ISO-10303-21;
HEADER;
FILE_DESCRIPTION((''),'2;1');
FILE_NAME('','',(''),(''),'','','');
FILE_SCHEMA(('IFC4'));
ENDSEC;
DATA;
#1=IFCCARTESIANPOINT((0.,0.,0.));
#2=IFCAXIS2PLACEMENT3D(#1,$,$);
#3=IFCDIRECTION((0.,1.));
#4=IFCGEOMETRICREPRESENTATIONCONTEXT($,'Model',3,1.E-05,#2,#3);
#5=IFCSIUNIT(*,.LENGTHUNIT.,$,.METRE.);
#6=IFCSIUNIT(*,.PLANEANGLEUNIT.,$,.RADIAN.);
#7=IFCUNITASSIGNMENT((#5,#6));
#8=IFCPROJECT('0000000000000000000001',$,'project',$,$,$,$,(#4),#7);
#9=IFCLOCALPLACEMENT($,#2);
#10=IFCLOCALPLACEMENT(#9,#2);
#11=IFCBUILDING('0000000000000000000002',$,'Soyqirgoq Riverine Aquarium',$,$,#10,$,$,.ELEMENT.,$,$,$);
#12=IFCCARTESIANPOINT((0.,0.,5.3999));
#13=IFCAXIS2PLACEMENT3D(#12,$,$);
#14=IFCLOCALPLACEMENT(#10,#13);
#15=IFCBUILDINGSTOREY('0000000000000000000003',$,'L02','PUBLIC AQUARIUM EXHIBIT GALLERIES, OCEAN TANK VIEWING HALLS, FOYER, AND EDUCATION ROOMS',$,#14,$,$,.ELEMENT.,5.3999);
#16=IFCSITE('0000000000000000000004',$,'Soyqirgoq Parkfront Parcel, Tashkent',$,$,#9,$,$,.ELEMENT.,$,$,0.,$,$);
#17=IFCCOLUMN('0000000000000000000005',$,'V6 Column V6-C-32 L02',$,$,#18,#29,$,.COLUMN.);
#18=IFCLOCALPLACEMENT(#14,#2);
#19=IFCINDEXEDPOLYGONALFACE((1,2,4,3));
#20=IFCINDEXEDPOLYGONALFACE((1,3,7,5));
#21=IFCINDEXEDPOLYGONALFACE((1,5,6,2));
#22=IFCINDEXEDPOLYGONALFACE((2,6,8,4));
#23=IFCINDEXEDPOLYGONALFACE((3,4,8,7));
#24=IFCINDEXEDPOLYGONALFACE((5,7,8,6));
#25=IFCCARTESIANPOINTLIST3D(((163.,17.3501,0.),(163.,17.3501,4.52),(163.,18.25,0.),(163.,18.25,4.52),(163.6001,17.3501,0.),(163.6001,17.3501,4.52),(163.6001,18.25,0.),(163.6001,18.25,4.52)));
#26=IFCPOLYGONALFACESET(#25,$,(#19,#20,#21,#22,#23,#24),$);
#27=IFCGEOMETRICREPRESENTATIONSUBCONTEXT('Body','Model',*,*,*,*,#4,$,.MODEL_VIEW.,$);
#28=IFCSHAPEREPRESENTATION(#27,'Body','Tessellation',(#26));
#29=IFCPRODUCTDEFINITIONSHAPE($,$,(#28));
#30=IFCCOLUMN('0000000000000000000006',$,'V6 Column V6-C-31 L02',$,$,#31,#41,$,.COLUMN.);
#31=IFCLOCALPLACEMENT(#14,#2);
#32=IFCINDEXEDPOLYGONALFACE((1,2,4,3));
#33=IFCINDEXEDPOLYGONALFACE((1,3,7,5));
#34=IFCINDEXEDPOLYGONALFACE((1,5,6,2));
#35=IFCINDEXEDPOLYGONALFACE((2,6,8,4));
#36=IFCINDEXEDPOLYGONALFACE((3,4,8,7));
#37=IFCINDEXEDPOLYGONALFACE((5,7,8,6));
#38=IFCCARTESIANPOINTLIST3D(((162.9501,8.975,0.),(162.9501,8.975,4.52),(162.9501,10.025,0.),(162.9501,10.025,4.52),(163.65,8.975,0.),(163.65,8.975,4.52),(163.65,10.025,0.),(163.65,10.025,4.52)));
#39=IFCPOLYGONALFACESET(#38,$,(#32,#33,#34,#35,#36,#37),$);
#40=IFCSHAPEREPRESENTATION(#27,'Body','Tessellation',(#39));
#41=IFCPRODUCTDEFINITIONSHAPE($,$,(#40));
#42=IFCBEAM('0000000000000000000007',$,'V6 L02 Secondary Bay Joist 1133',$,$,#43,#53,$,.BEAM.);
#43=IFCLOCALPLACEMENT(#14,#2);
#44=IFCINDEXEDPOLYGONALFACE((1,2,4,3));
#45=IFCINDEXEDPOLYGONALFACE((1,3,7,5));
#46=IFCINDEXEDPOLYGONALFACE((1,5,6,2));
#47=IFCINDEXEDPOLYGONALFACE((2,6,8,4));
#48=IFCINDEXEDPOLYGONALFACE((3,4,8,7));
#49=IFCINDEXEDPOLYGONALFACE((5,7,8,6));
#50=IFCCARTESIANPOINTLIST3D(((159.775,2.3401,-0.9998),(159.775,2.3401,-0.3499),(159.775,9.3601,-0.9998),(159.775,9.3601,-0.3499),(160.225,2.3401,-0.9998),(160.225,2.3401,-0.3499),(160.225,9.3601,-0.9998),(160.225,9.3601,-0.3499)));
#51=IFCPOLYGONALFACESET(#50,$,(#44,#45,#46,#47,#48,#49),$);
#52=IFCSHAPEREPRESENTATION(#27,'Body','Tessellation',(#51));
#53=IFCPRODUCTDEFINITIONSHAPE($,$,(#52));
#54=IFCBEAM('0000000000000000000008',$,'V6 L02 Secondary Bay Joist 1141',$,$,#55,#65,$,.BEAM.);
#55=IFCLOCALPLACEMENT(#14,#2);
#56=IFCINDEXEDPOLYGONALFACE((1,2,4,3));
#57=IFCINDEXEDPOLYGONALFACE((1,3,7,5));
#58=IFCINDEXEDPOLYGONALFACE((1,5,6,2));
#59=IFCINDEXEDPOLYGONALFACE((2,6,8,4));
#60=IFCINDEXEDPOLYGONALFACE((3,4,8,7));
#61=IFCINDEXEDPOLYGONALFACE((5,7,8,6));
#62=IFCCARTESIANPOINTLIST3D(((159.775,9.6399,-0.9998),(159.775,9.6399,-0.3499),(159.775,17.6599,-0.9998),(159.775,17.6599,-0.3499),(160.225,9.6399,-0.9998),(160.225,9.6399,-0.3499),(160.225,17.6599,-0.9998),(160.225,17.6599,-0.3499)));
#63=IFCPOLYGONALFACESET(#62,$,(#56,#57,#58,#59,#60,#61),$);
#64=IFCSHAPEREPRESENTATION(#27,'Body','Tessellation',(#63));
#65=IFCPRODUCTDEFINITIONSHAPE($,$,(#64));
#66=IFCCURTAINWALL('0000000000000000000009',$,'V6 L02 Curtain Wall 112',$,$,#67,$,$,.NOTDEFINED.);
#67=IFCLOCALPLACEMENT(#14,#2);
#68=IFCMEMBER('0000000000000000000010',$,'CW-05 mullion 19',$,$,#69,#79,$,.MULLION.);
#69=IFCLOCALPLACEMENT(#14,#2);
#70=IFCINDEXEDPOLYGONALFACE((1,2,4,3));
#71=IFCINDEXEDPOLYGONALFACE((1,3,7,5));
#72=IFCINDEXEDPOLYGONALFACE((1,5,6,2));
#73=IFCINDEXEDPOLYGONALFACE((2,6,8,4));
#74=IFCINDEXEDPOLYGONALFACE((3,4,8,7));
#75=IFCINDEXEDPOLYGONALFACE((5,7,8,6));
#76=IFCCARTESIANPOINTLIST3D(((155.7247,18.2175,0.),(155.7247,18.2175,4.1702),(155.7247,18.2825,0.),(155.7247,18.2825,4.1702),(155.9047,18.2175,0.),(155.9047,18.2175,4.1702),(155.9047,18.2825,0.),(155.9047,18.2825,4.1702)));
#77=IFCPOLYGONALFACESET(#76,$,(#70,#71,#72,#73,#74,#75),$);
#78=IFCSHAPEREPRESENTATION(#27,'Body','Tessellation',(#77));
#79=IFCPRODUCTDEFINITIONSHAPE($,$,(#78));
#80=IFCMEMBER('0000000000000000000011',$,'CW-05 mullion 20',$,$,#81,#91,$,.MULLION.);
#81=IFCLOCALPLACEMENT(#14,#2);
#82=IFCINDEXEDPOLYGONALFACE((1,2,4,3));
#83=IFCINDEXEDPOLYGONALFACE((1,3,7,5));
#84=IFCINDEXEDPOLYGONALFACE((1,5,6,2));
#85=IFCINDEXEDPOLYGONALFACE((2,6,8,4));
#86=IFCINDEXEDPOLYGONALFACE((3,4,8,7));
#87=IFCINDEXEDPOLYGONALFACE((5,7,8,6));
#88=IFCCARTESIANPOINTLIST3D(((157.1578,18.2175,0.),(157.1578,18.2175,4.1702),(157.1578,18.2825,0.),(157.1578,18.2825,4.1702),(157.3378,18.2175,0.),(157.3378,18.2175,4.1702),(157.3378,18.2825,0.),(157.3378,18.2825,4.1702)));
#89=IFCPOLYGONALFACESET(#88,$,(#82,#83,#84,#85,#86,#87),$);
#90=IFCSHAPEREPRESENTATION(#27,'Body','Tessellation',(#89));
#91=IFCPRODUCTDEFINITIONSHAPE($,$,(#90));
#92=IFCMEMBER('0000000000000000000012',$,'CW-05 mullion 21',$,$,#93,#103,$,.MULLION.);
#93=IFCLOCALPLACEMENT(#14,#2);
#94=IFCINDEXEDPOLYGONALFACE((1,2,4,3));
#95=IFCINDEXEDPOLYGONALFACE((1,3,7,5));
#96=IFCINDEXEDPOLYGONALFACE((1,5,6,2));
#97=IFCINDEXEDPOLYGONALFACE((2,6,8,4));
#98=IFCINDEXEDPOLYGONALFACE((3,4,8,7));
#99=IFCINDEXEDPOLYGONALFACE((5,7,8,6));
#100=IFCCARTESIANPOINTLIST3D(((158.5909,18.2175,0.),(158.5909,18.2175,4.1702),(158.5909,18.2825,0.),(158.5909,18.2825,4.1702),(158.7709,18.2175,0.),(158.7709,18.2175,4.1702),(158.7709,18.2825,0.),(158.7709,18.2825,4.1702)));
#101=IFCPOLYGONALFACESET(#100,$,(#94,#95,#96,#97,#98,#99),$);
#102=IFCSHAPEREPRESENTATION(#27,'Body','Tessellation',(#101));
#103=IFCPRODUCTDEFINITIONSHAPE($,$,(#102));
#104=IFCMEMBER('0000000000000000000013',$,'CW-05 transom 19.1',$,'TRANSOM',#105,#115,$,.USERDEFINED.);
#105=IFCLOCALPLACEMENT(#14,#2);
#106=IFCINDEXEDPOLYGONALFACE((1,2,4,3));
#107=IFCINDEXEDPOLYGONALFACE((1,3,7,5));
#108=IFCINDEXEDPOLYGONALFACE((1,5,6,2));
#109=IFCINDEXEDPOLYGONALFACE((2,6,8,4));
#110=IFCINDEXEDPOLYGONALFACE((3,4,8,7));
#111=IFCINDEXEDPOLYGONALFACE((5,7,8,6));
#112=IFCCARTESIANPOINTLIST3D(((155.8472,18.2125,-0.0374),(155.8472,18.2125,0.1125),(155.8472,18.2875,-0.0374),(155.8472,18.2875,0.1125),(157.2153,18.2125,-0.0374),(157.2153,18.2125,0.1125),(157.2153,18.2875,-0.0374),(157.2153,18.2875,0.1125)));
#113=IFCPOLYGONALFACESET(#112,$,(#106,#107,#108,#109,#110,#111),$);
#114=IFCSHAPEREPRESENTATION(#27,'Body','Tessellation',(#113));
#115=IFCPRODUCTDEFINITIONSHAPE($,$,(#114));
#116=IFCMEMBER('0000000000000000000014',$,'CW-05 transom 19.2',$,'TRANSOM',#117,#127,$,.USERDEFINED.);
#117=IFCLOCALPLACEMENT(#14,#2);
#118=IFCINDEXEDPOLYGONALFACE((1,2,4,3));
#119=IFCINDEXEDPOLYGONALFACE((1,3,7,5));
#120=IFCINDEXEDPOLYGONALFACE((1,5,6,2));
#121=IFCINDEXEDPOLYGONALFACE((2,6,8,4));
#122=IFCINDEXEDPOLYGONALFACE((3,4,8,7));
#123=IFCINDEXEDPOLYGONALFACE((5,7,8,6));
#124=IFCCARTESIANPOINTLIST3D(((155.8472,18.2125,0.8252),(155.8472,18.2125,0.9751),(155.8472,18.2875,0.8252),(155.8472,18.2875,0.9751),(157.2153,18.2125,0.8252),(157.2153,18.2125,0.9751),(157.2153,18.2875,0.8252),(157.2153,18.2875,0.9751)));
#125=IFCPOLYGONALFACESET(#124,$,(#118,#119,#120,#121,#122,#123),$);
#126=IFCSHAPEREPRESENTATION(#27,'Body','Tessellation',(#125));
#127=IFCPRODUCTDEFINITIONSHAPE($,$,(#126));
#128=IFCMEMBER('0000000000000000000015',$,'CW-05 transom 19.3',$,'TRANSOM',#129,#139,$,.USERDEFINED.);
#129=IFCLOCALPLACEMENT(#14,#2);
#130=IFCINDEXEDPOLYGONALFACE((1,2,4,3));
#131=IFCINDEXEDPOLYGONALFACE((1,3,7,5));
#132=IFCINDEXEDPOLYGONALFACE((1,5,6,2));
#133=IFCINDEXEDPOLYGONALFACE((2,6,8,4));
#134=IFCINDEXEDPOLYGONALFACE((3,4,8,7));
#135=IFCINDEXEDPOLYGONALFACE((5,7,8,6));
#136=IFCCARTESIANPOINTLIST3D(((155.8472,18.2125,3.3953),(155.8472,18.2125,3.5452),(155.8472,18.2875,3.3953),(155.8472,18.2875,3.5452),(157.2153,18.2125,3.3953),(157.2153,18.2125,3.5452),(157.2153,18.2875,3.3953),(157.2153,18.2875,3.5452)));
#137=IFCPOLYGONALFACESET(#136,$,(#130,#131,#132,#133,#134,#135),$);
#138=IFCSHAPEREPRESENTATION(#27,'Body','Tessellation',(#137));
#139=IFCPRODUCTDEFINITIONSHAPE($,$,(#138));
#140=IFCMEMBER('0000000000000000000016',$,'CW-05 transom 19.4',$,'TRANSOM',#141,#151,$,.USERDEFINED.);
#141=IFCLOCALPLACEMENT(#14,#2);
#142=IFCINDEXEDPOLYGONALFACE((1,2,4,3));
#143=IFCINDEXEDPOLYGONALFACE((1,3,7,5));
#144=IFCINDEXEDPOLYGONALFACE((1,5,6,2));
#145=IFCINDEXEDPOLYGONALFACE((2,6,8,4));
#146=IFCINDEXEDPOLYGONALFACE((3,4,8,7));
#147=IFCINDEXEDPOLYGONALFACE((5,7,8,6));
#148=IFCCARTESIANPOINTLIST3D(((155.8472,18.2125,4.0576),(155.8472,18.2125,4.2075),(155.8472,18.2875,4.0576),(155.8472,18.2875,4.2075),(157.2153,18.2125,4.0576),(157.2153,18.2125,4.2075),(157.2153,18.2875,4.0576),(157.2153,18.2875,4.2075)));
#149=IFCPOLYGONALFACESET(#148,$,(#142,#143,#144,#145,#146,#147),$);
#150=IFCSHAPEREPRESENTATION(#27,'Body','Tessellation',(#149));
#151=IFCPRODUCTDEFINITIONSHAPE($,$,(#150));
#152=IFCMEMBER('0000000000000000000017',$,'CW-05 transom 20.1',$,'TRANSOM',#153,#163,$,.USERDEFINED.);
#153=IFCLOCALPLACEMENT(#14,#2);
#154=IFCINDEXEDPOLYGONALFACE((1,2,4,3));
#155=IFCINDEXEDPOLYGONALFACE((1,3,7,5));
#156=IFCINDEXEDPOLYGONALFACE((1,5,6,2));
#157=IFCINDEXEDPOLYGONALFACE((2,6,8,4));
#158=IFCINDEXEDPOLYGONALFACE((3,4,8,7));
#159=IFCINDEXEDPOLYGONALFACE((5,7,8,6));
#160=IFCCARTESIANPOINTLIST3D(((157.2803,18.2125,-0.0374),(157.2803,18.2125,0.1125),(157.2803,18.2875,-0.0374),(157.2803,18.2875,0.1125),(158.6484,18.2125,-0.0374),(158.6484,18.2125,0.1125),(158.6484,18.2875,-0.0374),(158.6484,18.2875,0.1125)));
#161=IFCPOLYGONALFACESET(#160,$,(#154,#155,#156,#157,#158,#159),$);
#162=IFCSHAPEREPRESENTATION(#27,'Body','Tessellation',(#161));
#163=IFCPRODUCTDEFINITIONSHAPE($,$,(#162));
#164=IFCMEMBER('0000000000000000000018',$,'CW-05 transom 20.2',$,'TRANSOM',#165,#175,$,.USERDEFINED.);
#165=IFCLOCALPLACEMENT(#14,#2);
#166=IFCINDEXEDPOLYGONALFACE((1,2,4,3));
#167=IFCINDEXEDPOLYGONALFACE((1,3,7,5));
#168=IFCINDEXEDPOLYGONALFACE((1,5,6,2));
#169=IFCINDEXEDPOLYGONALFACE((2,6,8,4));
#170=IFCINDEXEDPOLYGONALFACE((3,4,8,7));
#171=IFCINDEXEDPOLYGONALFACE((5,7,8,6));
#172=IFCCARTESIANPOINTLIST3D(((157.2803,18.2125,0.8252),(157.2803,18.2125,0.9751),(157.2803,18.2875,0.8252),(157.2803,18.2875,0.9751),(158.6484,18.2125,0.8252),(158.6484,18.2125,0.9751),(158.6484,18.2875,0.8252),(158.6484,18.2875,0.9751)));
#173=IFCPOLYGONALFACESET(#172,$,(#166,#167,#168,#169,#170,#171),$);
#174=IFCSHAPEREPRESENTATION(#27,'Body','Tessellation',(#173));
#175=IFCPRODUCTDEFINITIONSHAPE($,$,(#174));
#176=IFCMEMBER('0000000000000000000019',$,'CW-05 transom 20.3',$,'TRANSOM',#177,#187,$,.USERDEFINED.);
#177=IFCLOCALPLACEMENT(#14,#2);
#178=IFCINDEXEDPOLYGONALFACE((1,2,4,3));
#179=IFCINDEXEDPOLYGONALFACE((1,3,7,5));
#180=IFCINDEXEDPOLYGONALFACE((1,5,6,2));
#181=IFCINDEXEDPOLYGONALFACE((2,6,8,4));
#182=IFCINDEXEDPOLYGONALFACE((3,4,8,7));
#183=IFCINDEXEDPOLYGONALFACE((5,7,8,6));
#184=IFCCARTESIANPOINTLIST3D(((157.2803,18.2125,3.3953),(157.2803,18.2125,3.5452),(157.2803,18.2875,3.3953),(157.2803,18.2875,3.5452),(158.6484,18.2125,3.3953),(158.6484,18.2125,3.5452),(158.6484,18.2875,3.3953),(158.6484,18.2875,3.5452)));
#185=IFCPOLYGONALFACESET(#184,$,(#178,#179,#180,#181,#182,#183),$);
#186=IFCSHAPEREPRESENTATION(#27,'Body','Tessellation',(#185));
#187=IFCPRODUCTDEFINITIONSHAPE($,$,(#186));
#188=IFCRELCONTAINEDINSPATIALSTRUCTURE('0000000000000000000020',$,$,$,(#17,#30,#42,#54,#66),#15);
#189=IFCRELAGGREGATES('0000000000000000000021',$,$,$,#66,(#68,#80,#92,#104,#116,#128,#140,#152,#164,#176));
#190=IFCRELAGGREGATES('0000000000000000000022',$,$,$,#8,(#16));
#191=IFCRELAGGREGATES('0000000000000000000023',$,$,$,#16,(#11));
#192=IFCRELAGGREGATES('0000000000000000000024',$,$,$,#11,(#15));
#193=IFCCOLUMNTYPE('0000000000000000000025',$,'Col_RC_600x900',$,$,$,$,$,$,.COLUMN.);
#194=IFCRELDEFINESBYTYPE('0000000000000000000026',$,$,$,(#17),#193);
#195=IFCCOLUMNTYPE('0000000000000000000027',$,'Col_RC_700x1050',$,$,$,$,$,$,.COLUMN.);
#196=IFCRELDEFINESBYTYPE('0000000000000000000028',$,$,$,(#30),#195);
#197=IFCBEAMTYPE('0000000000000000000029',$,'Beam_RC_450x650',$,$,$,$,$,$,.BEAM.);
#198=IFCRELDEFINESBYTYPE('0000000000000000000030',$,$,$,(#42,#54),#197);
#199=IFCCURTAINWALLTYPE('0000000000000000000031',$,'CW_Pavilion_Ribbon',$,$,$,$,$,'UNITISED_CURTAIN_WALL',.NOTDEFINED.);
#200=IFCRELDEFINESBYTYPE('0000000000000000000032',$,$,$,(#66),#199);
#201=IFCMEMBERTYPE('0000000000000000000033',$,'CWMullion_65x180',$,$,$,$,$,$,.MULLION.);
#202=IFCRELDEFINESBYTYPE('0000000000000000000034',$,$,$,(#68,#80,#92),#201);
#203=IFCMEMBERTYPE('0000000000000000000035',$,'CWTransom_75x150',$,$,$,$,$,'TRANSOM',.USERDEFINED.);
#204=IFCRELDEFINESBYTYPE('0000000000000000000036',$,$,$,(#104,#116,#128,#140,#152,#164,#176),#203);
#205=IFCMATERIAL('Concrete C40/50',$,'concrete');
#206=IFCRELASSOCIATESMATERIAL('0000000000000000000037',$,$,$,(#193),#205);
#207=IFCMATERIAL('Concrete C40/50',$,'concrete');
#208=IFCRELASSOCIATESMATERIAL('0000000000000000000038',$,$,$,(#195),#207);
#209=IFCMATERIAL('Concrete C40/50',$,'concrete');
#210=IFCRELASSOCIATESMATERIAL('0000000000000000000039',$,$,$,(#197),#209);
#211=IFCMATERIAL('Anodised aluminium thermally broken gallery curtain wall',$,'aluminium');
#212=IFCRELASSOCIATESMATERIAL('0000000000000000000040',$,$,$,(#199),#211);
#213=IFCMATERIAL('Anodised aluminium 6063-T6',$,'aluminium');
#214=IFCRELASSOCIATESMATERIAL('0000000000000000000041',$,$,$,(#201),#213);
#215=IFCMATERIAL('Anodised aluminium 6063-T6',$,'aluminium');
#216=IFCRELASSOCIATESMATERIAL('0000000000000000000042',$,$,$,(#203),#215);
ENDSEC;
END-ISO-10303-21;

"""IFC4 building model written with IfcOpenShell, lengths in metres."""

from ifc_helpers import new_model, si_unit, direction, frame, origin, origin_2d, place, context, subcontext, project, spatial, rectangle, extrude, material, material_profile, profile_set, type_object, element, aggregate, save


model = new_model("IFC4")

# Units and contexts
model_context = context("Model", 3, precision=1e-05, world=origin(), true_north=direction((0.0, 1.0)))
body_context = subcontext(model_context, "Body", "Model", "MODEL_VIEW")
ifc_project = project(units=[si_unit("LENGTHUNIT", "METRE"), si_unit("PLANEANGLEUNIT", "RADIAN")], contexts=[model_context])

# Site, building, storey
site_placement = place(None, origin())
site = spatial("IfcSite", under=ifc_project, at=site_placement, Name="Soyqirgoq Parkfront Parcel, Tashkent", CompositionType="ELEMENT", RefElevation=0.0)
building_placement = place(site_placement, origin())
building = spatial("IfcBuilding", under=site, at=building_placement, Name="Soyqirgoq Riverine Aquarium", CompositionType="ELEMENT")
storey_placement = place(building_placement, frame((0.0, 0.0, 5.3999)))
storey = spatial("IfcBuildingStorey", under=building, at=storey_placement, Name="L02", Description="PUBLIC AQUARIUM EXHIBIT GALLERIES, OCEAN TANK VIEWING HALLS, FOYER, AND EDUCATION ROOMS", CompositionType="ELEMENT", Elevation=5.3999)

# Columns
ifc_material_1 = material(Name="Concrete C40/50", Category="concrete")
ifc_material_profile_1 = material_profile(ifc_material_1, rectangle(XDim=0.6001, YDim=0.8999, at=origin_2d()), Name="RC-COL 600x900")
ifc_profile_set_1 = profile_set([ifc_material_profile_1], Name="Concrete C40/50")
column_type_1 = type_object("IfcColumnType", Name="Col_RC_600x900", PredefinedType="COLUMN", material=ifc_profile_set_1)
column_1_placement = place(storey_placement, frame((163.3, 17.8, 0.0), z_axis=(0.0, 0.0, 1.0), x_axis=(1.0, 0.0, 0.0)))
element("IfcColumn", 1, at=column_1_placement, inside=storey, type_object=column_type_1, Name="V6 Column V6-C-32 L02", PredefinedType="COLUMN", context=body_context, shape_type="SweptSolid", body=[
    extrude(rectangle(XDim=0.6001, YDim=0.8999, at=origin_2d()), origin(), (0.0, 0.0, 1.0), 4.52),
])
ifc_material_2 = material(Name="Concrete C40/50", Category="concrete")
ifc_material_profile_2 = material_profile(ifc_material_2, rectangle(XDim=0.7, YDim=1.05, at=origin_2d()), Name="RC-COL 700x1050")
ifc_profile_set_2 = profile_set([ifc_material_profile_2], Name="Concrete C40/50")
column_type_2 = type_object("IfcColumnType", Name="Col_RC_700x1050", PredefinedType="COLUMN", material=ifc_profile_set_2)
column_2_placement = place(storey_placement, frame((163.3, 9.5, 0.0), z_axis=(0.0, 0.0, 1.0), x_axis=(1.0, 0.0, 0.0)))
element("IfcColumn", 2, at=column_2_placement, inside=storey, type_object=column_type_2, Name="V6 Column V6-C-31 L02", PredefinedType="COLUMN", context=body_context, shape_type="SweptSolid", body=[
    extrude(rectangle(XDim=0.7, YDim=1.05, at=origin_2d()), origin(), (0.0, 0.0, 1.0), 4.52),
])

# Beams
ifc_material_3 = material(Name="Concrete C40/50", Category="concrete")
ifc_material_profile_3 = material_profile(ifc_material_3, rectangle(XDim=0.45, YDim=0.6499, at=origin_2d()), Name="RC 450x650")
ifc_profile_set_3 = profile_set([ifc_material_profile_3], Name="Concrete C40/50")
beam_type_1 = type_object("IfcBeamType", Name="Beam_RC_450x650", PredefinedType="BEAM", material=ifc_profile_set_3)
beam_1_placement = place(storey_placement, frame((160.0, 2.3401, -0.6748), z_axis=(0.0, 1.0, 0.0), x_axis=(-1.0, 0.0, 0.0)))
element("IfcBeam", 3, at=beam_1_placement, inside=storey, type_object=beam_type_1, Name="V6 L02 Secondary Bay Joist 1133", PredefinedType="BEAM", context=body_context, shape_type="SweptSolid", body=[
    extrude(rectangle(XDim=0.45, YDim=0.6499, at=origin_2d()), origin(), (0.0, 0.0, 1.0), 7.02),
])
beam_2_placement = place(storey_placement, frame((160.0, 9.6399, -0.6748), z_axis=(0.0, 1.0, 0.0), x_axis=(-1.0, 0.0, 0.0)))
element("IfcBeam", 4, at=beam_2_placement, inside=storey, type_object=beam_type_1, Name="V6 L02 Secondary Bay Joist 1141", PredefinedType="BEAM", context=body_context, shape_type="SweptSolid", body=[
    extrude(rectangle(XDim=0.45, YDim=0.6499, at=origin_2d()), origin(), (0.0, 0.0, 1.0), 8.02),
])

# Curtain wall, members
ifc_material_4 = material(Name="Anodised aluminium thermally broken gallery curtain wall", Category="aluminium")
curtain_wall_type = type_object("IfcCurtainWallType", Name="CW_Pavilion_Ribbon", ElementType="UNITISED_CURTAIN_WALL", PredefinedType="NOTDEFINED", material=ifc_material_4)
curtain_wall_placement = place(storey_placement, origin())
curtain_wall = element("IfcCurtainWall", 5, at=curtain_wall_placement, inside=storey, type_object=curtain_wall_type, Name="V6 L02 Curtain Wall 112", PredefinedType="NOTDEFINED")
ifc_material_5 = material(Name="Anodised aluminium 6063-T6", Category="aluminium")
ifc_material_profile_4 = material_profile(ifc_material_5, rectangle(XDim=0.0649, YDim=0.1799, at=origin_2d()), Name="ALU-M 65x180")
ifc_profile_set_4 = profile_set([ifc_material_profile_4], Name="Anodised aluminium 6063-T6")
member_type_1 = type_object("IfcMemberType", Name="CWMullion_65x180", PredefinedType="MULLION", material=ifc_profile_set_4)
member_1_placement = place(storey_placement, frame((155.8147, 18.25, 0.0), z_axis=(0.0, 0.0, 1.0), x_axis=(0.0, 1.0, 0.0)))
member_1 = element("IfcMember", 6, at=member_1_placement, type_object=member_type_1, Name="CW-05 mullion 19", PredefinedType="MULLION", context=body_context, shape_type="SweptSolid", body=[
    extrude(rectangle(XDim=0.0649, YDim=0.1799, at=origin_2d()), origin(), (0.0, 0.0, 1.0), 4.1702),
])
member_2_placement = place(storey_placement, frame((157.2478, 18.25, 0.0), z_axis=(0.0, 0.0, 1.0), x_axis=(0.0, 1.0, 0.0)))
member_2 = element("IfcMember", 7, at=member_2_placement, type_object=member_type_1, Name="CW-05 mullion 20", PredefinedType="MULLION", context=body_context, shape_type="SweptSolid", body=[
    extrude(rectangle(XDim=0.0649, YDim=0.1799, at=origin_2d()), origin(), (0.0, 0.0, 1.0), 4.1702),
])
member_3_placement = place(storey_placement, frame((158.6809, 18.25, 0.0), z_axis=(0.0, 0.0, 1.0), x_axis=(0.0, 1.0, 0.0)))
member_3 = element("IfcMember", 8, at=member_3_placement, type_object=member_type_1, Name="CW-05 mullion 21", PredefinedType="MULLION", context=body_context, shape_type="SweptSolid", body=[
    extrude(rectangle(XDim=0.0649, YDim=0.1799, at=origin_2d()), origin(), (0.0, 0.0, 1.0), 4.1702),
])
ifc_material_6 = material(Name="Anodised aluminium 6063-T6", Category="aluminium")
ifc_material_profile_5 = material_profile(ifc_material_6, rectangle(XDim=0.075, YDim=0.1499, at=origin_2d()), Name="ALU-T 75x150")
ifc_profile_set_5 = profile_set([ifc_material_profile_5], Name="Anodised aluminium 6063-T6")
member_type_2 = type_object("IfcMemberType", Name="CWTransom_75x150", ElementType="TRANSOM", PredefinedType="USERDEFINED", material=ifc_profile_set_5)
member_4_placement = place(storey_placement, frame((155.8472, 18.25, 0.0376), z_axis=(1.0, 0.0, 0.0), x_axis=(0.0, 1.0, 0.0)))
member_4 = element("IfcMember", 9, at=member_4_placement, type_object=member_type_2, Name="CW-05 transom 19.1", ObjectType="TRANSOM", PredefinedType="USERDEFINED", context=body_context, shape_type="SweptSolid", body=[
    extrude(rectangle(XDim=0.075, YDim=0.1499, at=origin_2d()), origin(), (0.0, 0.0, 1.0), 1.3682),
])
member_5_placement = place(storey_placement, frame((155.8472, 18.25, 0.9001), z_axis=(1.0, 0.0, 0.0), x_axis=(0.0, 1.0, 0.0)))
member_5 = element("IfcMember", 10, at=member_5_placement, type_object=member_type_2, Name="CW-05 transom 19.2", ObjectType="TRANSOM", PredefinedType="USERDEFINED", context=body_context, shape_type="SweptSolid", body=[
    extrude(rectangle(XDim=0.075, YDim=0.1499, at=origin_2d()), origin(), (0.0, 0.0, 1.0), 1.3682),
])
member_6_placement = place(storey_placement, frame((155.8472, 18.25, 3.4702), z_axis=(1.0, 0.0, 0.0), x_axis=(0.0, 1.0, 0.0)))
member_6 = element("IfcMember", 11, at=member_6_placement, type_object=member_type_2, Name="CW-05 transom 19.3", ObjectType="TRANSOM", PredefinedType="USERDEFINED", context=body_context, shape_type="SweptSolid", body=[
    extrude(rectangle(XDim=0.075, YDim=0.1499, at=origin_2d()), origin(), (0.0, 0.0, 1.0), 1.3682),
])
member_7_placement = place(storey_placement, frame((155.8472, 18.25, 4.1326), z_axis=(1.0, 0.0, 0.0), x_axis=(0.0, 1.0, 0.0)))
member_7 = element("IfcMember", 12, at=member_7_placement, type_object=member_type_2, Name="CW-05 transom 19.4", ObjectType="TRANSOM", PredefinedType="USERDEFINED", context=body_context, shape_type="SweptSolid", body=[
    extrude(rectangle(XDim=0.075, YDim=0.1499, at=origin_2d()), origin(), (0.0, 0.0, 1.0), 1.3682),
])
member_8_placement = place(storey_placement, frame((157.2803, 18.25, 0.0376), z_axis=(1.0, 0.0, 0.0), x_axis=(0.0, 1.0, 0.0)))
member_8 = element("IfcMember", 13, at=member_8_placement, type_object=member_type_2, Name="CW-05 transom 20.1", ObjectType="TRANSOM", PredefinedType="USERDEFINED", context=body_context, shape_type="SweptSolid", body=[
    extrude(rectangle(XDim=0.075, YDim=0.1499, at=origin_2d()), origin(), (0.0, 0.0, 1.0), 1.3682),
])
member_9_placement = place(storey_placement, frame((157.2803, 18.25, 0.9001), z_axis=(1.0, 0.0, 0.0), x_axis=(0.0, 1.0, 0.0)))
member_9 = element("IfcMember", 14, at=member_9_placement, type_object=member_type_2, Name="CW-05 transom 20.2", ObjectType="TRANSOM", PredefinedType="USERDEFINED", context=body_context, shape_type="SweptSolid", body=[
    extrude(rectangle(XDim=0.075, YDim=0.1499, at=origin_2d()), origin(), (0.0, 0.0, 1.0), 1.3682),
])
member_10_placement = place(storey_placement, frame((157.2803, 18.25, 3.4702), z_axis=(1.0, 0.0, 0.0), x_axis=(0.0, 1.0, 0.0)))
member_10 = element("IfcMember", 15, at=member_10_placement, type_object=member_type_2, Name="CW-05 transom 20.3", ObjectType="TRANSOM", PredefinedType="USERDEFINED", context=body_context, shape_type="SweptSolid", body=[
    extrude(rectangle(XDim=0.075, YDim=0.1499, at=origin_2d()), origin(), (0.0, 0.0, 1.0), 1.3682),
])

aggregate(curtain_wall, [member_1, member_2, member_3, member_4, member_5, member_6, member_7, member_8, member_9, member_10])

save(model, "model.ifc")
